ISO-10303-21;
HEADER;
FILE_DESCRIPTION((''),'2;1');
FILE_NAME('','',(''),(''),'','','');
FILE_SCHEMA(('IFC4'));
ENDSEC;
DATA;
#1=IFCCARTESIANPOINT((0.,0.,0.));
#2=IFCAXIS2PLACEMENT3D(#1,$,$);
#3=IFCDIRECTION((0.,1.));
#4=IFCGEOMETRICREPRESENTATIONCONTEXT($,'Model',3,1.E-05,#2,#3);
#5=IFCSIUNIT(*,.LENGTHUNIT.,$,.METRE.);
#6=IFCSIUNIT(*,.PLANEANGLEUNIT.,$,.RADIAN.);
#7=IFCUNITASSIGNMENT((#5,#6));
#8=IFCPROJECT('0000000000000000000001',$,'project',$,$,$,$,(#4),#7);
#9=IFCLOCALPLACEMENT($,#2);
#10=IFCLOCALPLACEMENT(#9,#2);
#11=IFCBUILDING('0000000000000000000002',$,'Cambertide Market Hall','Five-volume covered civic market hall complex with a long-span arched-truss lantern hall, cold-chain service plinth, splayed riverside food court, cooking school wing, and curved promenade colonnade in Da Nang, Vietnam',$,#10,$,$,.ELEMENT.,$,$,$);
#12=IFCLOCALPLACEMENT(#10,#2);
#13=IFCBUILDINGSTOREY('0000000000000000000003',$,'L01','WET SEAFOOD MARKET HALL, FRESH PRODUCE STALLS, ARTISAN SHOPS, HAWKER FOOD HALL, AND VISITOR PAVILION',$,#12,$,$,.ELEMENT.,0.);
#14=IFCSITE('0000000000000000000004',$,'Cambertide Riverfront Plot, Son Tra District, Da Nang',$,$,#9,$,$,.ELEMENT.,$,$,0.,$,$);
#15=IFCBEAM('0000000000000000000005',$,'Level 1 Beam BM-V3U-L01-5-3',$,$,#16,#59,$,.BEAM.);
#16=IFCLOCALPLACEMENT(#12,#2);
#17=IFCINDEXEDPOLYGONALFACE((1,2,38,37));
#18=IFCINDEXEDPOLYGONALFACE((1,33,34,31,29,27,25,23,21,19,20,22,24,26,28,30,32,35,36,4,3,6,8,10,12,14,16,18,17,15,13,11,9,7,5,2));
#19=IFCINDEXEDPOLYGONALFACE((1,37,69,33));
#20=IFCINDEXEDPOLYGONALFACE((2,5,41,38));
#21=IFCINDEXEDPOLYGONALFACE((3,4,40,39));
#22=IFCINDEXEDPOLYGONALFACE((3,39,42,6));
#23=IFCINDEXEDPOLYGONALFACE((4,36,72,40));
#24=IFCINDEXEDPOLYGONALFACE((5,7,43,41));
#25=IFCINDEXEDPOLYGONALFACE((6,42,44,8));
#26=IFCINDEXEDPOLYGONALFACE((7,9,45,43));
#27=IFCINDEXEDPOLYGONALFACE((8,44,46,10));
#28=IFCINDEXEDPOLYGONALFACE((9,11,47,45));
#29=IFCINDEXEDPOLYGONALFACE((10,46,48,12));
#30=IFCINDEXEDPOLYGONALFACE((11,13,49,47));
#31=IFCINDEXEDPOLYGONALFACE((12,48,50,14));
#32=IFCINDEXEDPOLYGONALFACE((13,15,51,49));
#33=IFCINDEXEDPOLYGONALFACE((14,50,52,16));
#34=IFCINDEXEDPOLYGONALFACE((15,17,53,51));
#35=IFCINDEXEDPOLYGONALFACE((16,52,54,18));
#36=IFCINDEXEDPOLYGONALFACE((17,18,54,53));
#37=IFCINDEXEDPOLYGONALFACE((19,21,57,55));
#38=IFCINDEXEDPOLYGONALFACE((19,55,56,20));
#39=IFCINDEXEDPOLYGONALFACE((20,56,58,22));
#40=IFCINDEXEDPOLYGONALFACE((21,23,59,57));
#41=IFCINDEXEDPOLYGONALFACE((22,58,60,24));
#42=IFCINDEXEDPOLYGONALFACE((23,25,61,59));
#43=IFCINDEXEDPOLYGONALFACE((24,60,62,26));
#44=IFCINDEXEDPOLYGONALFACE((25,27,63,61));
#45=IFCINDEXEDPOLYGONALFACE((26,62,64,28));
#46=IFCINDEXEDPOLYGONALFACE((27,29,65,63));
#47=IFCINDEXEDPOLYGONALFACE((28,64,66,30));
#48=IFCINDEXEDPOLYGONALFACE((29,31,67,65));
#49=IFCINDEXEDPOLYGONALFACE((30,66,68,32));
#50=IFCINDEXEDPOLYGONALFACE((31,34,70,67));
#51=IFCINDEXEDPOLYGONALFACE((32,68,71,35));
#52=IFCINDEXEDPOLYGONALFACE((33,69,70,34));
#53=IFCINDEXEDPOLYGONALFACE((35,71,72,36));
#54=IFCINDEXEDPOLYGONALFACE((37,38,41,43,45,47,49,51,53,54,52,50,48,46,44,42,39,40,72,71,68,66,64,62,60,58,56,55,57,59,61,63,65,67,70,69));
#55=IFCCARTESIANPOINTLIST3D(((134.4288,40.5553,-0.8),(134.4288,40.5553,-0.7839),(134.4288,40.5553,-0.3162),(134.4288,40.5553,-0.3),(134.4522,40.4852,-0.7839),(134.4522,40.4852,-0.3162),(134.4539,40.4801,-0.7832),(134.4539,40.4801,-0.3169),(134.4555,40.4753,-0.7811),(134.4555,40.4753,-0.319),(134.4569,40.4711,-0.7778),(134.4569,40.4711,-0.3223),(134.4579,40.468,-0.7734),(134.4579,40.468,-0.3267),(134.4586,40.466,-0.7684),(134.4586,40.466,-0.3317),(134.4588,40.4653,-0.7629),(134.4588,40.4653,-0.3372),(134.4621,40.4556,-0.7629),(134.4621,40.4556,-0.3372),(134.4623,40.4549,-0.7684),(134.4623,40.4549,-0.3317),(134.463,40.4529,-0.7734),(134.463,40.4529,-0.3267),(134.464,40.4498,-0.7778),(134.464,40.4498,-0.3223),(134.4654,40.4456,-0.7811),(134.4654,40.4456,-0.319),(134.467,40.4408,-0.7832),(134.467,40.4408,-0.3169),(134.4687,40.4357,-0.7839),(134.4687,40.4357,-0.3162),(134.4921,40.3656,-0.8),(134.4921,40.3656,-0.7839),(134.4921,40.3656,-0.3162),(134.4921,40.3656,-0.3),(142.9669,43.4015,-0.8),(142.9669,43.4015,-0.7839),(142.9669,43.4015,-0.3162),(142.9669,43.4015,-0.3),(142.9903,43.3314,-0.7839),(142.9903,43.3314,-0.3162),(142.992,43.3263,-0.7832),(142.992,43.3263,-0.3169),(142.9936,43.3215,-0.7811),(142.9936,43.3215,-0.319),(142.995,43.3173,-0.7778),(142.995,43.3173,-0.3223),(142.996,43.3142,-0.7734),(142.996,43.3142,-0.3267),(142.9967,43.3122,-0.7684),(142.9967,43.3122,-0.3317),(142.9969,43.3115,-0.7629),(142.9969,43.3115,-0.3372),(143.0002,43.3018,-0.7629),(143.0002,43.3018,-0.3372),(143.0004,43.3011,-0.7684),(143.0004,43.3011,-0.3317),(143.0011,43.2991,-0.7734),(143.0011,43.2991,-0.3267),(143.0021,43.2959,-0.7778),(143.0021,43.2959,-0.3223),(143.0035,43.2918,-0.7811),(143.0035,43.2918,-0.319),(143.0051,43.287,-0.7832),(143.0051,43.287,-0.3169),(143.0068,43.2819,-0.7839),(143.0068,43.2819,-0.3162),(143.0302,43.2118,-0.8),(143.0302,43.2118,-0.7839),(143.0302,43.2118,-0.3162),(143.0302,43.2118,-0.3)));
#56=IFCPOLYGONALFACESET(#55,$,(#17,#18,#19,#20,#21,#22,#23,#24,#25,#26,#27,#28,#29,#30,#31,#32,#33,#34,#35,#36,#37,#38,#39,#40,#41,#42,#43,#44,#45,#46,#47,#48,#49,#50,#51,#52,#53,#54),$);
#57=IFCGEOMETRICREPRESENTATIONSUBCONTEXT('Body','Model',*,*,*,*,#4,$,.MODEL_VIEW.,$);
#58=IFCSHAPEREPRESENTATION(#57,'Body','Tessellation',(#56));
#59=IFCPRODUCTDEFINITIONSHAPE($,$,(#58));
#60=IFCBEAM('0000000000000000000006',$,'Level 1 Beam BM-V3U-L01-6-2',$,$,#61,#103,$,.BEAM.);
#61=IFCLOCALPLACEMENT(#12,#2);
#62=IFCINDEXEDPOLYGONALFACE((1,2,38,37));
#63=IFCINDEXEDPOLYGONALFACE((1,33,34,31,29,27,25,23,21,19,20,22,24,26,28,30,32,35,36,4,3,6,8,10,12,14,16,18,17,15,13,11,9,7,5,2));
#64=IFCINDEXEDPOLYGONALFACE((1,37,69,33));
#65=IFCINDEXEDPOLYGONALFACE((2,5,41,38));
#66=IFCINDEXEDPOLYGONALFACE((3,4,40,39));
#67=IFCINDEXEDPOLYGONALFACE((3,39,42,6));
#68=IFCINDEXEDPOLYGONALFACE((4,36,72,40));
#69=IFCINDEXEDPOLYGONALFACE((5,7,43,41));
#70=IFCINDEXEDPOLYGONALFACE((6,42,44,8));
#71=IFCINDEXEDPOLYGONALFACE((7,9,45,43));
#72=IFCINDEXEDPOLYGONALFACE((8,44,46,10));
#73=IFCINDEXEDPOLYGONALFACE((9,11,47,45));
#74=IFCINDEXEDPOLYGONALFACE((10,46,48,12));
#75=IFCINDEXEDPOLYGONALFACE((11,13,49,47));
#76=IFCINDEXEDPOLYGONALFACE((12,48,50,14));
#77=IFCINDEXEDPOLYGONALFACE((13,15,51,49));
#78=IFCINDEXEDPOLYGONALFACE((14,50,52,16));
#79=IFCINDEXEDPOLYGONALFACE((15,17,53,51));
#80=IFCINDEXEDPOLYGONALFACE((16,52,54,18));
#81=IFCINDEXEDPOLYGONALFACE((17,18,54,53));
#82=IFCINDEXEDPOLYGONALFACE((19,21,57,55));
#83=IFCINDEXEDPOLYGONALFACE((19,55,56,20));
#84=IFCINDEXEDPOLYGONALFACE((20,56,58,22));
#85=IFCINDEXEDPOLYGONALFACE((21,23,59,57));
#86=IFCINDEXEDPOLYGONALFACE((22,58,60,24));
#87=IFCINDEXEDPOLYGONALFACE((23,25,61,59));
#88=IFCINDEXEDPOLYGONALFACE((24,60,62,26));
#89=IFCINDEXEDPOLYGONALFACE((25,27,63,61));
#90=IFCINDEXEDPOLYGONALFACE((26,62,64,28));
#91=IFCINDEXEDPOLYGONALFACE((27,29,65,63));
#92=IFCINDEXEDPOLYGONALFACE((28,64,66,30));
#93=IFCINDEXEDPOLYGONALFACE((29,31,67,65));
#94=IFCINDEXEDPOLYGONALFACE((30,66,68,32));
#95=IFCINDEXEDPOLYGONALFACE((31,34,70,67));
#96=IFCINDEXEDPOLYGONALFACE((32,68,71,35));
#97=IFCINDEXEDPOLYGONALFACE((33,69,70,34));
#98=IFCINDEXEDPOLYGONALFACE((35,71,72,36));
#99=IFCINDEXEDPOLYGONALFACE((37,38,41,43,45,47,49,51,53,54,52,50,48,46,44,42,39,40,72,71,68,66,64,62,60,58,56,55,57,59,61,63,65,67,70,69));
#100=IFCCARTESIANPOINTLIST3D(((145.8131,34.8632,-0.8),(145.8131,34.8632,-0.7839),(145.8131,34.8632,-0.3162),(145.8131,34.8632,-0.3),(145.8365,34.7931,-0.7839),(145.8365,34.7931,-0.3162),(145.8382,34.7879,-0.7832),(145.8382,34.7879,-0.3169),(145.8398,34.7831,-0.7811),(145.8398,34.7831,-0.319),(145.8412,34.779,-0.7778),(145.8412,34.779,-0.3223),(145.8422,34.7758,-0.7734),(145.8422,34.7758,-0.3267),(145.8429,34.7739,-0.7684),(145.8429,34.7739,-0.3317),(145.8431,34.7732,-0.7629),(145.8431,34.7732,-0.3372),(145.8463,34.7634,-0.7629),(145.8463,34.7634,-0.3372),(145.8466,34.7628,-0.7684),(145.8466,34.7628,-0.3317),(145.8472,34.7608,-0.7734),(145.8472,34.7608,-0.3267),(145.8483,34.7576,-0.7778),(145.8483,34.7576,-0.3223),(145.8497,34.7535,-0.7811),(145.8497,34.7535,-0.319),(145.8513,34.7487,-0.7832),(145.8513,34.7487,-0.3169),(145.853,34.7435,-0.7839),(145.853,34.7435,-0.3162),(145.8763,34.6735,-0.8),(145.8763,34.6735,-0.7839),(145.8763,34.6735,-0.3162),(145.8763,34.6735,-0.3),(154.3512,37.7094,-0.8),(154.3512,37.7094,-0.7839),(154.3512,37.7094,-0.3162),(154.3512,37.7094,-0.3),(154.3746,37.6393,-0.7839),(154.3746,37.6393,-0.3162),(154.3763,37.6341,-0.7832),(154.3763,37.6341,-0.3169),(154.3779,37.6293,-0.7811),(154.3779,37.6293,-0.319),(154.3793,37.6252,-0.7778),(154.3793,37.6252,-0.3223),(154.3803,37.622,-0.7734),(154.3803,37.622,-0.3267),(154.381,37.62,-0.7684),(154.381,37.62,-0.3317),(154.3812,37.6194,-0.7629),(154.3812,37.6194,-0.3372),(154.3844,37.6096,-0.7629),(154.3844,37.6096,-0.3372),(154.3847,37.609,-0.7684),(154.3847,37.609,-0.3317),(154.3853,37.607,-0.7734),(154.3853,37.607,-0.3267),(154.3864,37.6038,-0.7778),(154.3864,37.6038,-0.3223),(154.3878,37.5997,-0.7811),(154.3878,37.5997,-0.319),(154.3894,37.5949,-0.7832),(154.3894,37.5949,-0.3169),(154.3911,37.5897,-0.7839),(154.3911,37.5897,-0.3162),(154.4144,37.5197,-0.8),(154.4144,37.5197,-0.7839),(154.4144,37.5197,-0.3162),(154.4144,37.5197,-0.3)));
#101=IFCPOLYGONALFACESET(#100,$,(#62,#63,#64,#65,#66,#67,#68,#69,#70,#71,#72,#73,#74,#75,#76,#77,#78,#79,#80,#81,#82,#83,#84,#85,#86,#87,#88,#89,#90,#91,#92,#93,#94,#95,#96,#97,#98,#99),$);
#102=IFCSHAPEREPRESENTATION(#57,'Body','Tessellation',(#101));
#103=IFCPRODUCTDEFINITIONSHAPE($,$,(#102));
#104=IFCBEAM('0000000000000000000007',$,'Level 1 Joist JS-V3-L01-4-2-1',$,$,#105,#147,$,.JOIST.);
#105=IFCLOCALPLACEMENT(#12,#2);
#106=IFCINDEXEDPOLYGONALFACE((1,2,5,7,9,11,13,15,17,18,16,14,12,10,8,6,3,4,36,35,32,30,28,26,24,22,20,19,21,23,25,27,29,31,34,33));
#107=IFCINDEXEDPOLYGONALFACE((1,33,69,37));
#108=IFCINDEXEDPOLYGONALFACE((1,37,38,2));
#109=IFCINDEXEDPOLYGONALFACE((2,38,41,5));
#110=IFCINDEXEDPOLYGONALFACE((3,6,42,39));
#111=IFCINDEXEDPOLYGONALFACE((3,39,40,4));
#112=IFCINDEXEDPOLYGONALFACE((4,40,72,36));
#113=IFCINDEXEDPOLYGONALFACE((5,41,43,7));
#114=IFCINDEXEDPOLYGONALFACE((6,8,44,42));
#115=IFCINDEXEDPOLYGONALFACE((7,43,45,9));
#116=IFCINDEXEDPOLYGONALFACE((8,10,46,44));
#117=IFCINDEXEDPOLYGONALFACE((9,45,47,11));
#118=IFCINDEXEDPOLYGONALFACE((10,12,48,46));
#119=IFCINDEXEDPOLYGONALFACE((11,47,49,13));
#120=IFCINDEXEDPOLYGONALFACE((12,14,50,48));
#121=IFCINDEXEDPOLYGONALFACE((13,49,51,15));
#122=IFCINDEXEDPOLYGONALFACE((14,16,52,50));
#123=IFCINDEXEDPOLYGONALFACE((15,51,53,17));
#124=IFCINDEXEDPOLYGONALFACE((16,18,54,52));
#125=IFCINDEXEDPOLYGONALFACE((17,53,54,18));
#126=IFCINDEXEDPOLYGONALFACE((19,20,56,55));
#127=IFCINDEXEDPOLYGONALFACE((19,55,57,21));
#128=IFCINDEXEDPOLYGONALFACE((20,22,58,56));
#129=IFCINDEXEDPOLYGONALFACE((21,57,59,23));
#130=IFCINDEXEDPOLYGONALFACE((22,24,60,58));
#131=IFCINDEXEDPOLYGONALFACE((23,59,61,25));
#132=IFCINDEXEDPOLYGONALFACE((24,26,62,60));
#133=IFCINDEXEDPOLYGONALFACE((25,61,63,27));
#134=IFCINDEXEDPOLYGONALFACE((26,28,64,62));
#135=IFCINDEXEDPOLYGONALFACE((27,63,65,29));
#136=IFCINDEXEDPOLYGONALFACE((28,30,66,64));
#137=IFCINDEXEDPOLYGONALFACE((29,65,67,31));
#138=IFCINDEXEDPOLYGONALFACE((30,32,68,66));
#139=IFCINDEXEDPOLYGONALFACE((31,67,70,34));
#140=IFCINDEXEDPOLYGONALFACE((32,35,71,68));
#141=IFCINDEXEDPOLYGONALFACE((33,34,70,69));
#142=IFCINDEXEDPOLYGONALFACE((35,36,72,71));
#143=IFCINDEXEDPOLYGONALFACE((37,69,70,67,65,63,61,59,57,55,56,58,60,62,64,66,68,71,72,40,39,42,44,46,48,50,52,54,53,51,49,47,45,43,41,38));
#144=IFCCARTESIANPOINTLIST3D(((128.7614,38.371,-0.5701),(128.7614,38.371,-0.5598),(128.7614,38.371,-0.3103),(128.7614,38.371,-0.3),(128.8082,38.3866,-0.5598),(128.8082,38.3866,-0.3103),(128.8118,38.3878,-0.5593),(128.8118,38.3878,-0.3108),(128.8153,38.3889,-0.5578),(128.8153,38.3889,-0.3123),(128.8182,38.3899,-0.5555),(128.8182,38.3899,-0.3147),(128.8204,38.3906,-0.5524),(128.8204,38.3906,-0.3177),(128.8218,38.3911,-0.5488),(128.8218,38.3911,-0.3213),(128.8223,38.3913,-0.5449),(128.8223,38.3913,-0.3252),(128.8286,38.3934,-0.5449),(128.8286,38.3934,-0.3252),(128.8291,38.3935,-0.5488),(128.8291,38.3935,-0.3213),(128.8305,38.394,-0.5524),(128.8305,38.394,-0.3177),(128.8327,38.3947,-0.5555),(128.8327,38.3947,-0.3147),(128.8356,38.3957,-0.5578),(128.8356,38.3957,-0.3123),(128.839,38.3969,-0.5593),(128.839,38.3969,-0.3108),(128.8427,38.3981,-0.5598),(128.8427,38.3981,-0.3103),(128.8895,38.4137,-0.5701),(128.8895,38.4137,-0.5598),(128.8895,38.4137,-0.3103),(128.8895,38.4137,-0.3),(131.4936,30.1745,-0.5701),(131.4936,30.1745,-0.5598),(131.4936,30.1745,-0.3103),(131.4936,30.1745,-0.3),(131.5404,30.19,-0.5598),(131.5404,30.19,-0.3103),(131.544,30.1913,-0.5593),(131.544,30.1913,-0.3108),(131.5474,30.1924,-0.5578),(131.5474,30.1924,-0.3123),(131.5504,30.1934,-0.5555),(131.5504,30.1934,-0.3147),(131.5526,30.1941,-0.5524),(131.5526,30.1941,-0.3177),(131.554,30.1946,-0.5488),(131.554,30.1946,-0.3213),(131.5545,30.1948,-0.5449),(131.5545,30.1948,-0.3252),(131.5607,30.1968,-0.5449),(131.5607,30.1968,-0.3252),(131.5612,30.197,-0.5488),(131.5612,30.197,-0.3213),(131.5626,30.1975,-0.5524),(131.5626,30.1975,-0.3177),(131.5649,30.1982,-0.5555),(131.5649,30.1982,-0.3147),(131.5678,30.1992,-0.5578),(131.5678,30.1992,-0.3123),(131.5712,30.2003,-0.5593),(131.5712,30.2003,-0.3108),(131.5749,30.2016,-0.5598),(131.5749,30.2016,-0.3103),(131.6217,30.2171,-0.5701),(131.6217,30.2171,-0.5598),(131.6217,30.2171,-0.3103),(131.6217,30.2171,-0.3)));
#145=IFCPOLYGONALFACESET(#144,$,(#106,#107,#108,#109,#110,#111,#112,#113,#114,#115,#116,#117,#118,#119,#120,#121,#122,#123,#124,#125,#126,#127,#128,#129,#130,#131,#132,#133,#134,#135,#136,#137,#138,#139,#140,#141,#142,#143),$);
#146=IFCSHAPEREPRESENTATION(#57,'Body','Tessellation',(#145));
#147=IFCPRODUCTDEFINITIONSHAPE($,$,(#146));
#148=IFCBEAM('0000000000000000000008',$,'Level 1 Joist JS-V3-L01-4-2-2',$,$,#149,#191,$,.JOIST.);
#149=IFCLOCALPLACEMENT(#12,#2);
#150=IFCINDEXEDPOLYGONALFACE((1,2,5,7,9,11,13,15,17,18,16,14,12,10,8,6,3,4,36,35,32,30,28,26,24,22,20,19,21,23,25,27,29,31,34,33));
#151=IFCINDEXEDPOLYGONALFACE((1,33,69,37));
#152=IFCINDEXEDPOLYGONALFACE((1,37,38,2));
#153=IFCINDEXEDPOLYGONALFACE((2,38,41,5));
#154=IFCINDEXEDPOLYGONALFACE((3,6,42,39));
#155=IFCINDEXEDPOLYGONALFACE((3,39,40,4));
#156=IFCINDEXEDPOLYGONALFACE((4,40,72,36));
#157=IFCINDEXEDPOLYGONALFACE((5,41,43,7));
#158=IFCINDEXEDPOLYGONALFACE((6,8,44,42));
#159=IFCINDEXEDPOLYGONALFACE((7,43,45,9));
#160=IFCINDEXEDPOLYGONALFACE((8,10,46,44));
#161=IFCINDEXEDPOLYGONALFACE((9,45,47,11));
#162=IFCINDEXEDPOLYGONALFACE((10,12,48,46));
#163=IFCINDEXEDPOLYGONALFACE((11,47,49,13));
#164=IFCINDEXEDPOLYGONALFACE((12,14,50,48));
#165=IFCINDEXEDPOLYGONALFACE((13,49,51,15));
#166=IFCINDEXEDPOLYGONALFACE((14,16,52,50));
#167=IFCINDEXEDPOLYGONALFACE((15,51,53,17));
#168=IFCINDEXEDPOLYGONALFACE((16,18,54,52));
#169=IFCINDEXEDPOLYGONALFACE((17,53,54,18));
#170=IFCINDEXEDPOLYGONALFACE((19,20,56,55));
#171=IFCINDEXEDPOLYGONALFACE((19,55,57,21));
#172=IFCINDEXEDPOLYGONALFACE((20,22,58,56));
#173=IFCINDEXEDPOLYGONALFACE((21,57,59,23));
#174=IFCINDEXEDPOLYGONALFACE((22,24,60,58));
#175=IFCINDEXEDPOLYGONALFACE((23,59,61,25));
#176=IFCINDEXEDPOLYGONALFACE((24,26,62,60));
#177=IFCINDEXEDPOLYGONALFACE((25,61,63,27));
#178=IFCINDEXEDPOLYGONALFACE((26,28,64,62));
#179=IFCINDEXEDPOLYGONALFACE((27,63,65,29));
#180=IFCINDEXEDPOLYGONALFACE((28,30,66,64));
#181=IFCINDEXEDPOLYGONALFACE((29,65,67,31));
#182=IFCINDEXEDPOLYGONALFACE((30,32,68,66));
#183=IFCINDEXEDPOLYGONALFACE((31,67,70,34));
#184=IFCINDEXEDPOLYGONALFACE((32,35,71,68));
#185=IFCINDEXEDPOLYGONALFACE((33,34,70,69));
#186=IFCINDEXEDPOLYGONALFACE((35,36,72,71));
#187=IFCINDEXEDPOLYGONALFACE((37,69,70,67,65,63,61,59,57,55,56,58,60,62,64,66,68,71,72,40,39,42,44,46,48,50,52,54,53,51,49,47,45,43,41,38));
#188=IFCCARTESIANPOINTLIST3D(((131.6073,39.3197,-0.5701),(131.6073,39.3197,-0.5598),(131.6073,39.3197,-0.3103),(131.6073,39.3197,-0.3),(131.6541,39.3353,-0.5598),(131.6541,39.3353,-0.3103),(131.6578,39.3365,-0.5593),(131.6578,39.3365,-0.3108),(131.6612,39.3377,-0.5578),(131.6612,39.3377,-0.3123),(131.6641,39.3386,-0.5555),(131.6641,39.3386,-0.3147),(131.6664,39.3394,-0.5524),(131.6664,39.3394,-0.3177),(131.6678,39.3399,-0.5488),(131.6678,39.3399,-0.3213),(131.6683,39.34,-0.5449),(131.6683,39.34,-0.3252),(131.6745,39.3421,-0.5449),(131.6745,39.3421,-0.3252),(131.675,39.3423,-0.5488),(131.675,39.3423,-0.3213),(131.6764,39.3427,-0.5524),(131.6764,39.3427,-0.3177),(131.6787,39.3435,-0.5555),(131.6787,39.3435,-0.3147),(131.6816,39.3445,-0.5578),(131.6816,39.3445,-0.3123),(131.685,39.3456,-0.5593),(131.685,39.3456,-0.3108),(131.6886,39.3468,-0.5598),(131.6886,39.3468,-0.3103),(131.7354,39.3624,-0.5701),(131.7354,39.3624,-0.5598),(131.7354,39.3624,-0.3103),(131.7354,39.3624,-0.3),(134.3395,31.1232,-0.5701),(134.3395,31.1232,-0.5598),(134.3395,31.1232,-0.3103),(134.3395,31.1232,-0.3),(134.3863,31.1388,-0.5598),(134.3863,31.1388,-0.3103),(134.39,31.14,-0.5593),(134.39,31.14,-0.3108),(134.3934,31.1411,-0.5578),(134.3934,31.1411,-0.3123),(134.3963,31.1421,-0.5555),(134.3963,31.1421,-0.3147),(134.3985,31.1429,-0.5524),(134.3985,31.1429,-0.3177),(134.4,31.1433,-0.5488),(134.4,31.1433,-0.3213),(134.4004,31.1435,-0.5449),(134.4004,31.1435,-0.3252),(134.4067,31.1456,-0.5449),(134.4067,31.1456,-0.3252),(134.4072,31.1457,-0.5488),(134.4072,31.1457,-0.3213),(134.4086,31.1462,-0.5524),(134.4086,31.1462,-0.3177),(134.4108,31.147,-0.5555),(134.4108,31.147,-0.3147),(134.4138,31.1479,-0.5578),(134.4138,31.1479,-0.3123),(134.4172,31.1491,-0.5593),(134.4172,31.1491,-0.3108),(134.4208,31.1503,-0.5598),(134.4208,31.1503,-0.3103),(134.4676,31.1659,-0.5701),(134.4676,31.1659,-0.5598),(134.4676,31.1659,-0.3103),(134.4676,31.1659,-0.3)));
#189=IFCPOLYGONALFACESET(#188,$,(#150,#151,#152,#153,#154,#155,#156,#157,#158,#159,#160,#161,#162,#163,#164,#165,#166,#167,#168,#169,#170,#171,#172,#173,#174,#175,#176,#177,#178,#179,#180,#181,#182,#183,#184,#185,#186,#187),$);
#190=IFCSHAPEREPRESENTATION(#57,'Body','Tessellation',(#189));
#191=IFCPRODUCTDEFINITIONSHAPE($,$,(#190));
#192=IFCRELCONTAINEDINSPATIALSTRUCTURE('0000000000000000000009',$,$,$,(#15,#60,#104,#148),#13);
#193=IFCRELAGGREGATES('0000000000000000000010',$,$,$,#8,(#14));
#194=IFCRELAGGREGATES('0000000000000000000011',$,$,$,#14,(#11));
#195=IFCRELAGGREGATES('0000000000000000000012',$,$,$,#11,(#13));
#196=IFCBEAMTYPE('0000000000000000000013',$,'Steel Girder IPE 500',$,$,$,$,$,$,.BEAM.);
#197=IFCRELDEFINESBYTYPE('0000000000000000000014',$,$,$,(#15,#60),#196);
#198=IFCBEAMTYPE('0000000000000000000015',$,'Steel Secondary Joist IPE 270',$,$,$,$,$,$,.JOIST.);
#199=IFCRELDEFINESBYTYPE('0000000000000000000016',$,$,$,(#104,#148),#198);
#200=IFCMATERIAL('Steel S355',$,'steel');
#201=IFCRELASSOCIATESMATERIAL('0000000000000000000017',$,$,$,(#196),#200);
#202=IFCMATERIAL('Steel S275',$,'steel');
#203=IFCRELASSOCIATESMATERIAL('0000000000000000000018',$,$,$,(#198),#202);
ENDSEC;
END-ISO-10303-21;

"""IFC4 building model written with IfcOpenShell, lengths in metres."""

from ifc_helpers import new_model, si_unit, direction, frame, origin, origin_2d, place, context, subcontext, project, spatial, i_section, extrude, material, material_profile, profile_set, type_object, element, save


model = new_model("IFC4")

# Units and contexts
model_context = context("Model", 3, precision=1e-05, world=origin(), true_north=direction((0.0, 1.0)))
body_context = subcontext(model_context, "Body", "Model", "MODEL_VIEW")
ifc_project = project(units=[si_unit("LENGTHUNIT", "METRE"), si_unit("PLANEANGLEUNIT", "RADIAN")], contexts=[model_context])

# Site, building, storey
site_placement = place(None, origin())
site = spatial("IfcSite", under=ifc_project, at=site_placement, Name="Cambertide Riverfront Plot, Son Tra District, Da Nang", CompositionType="ELEMENT", RefElevation=0.0)
building_placement = place(site_placement, origin())
building = spatial("IfcBuilding", under=site, at=building_placement, Name="Cambertide Market Hall", Description="Five-volume covered civic market hall complex with a long-span arched-truss lantern hall, cold-chain service plinth, splayed riverside food court, cooking school wing, and curved promenade colonnade in Da Nang, Vietnam", CompositionType="ELEMENT")
storey_placement = place(building_placement, origin())
storey = spatial("IfcBuildingStorey", under=building, at=storey_placement, Name="L01", Description="WET SEAFOOD MARKET HALL, FRESH PRODUCE STALLS, ARTISAN SHOPS, HAWKER FOOD HALL, AND VISITOR PAVILION", CompositionType="ELEMENT", Elevation=0.0)

# Beams
ifc_material_1 = material(Name="Steel S355", Category="steel")
ifc_material_profile_1 = material_profile(ifc_material_1, i_section(OverallWidth=0.2, OverallDepth=0.5, WebThickness=0.0103, FlangeThickness=0.0161, FilletRadius=0.021, at=origin_2d()), Name="IPE 500")
ifc_profile_set_1 = profile_set([ifc_material_profile_1], Name="Steel S355")
beam_type_1 = type_object("IfcBeamType", Name="Steel Girder IPE 500", PredefinedType="BEAM", material=ifc_profile_set_1)
for number, where, z_axis, x_axis, name in (
    (1, (134.4604, 40.4604, -0.55), (0.948678, 0.316244, 0.0), (-0.316244, 0.948678, 0.0), "Level 1 Beam BM-V3U-L01-5-3"),
    (2, (145.8447, 34.7683, -0.55), (0.948678, 0.316244, 0.0), (-0.316244, 0.948678, 0.0), "Level 1 Beam BM-V3U-L01-6-2"),
):
    element("IfcBeam", number, at=place(storey_placement, frame(where, z_axis=z_axis, x_axis=x_axis)), inside=storey, type_object=beam_type_1, Name=name, PredefinedType="BEAM", context=body_context, shape_type="SweptSolid", body=[
        extrude(i_section(OverallWidth=0.2, OverallDepth=0.5, WebThickness=0.0103, FlangeThickness=0.0161, FilletRadius=0.021, at=origin_2d()), origin(), (0.0, 0.0, 1.0), 9.0),
    ])
ifc_material_2 = material(Name="Steel S275", Category="steel")
ifc_material_profile_2 = material_profile(ifc_material_2, i_section(OverallWidth=0.135, OverallDepth=0.27, WebThickness=0.0066, FlangeThickness=0.0103, FilletRadius=0.0149, at=origin_2d()), Name="IPE 270")
ifc_profile_set_2 = profile_set([ifc_material_profile_2], Name="Steel S275")
beam_type_2 = type_object("IfcBeamType", Name="Steel Secondary Joist IPE 270", PredefinedType="JOIST", material=ifc_profile_set_2)
for number, where, z_axis, x_axis, name in (
    (3, (131.5576, 30.1958, -0.4351), (-0.316228, 0.948683, 0.0), (-0.948683, -0.316228, 0.0), "Level 1 Joist JS-V3-L01-4-2-1"),
    (4, (134.4036, 31.1445, -0.4351), (-0.316228, 0.948683, 0.0), (-0.948683, -0.316228, 0.0), "Level 1 Joist JS-V3-L01-4-2-2"),
):
    element("IfcBeam", number, at=place(storey_placement, frame(where, z_axis=z_axis, x_axis=x_axis)), inside=storey, type_object=beam_type_2, Name=name, PredefinedType="JOIST", context=body_context, shape_type="SweptSolid", body=[
        extrude(i_section(OverallWidth=0.135, OverallDepth=0.27, WebThickness=0.0066, FlangeThickness=0.0103, FilletRadius=0.0149, at=origin_2d()), origin(), (0.0, 0.0, 1.0), 8.6399),
    ])

save(model, "model.ifc")
